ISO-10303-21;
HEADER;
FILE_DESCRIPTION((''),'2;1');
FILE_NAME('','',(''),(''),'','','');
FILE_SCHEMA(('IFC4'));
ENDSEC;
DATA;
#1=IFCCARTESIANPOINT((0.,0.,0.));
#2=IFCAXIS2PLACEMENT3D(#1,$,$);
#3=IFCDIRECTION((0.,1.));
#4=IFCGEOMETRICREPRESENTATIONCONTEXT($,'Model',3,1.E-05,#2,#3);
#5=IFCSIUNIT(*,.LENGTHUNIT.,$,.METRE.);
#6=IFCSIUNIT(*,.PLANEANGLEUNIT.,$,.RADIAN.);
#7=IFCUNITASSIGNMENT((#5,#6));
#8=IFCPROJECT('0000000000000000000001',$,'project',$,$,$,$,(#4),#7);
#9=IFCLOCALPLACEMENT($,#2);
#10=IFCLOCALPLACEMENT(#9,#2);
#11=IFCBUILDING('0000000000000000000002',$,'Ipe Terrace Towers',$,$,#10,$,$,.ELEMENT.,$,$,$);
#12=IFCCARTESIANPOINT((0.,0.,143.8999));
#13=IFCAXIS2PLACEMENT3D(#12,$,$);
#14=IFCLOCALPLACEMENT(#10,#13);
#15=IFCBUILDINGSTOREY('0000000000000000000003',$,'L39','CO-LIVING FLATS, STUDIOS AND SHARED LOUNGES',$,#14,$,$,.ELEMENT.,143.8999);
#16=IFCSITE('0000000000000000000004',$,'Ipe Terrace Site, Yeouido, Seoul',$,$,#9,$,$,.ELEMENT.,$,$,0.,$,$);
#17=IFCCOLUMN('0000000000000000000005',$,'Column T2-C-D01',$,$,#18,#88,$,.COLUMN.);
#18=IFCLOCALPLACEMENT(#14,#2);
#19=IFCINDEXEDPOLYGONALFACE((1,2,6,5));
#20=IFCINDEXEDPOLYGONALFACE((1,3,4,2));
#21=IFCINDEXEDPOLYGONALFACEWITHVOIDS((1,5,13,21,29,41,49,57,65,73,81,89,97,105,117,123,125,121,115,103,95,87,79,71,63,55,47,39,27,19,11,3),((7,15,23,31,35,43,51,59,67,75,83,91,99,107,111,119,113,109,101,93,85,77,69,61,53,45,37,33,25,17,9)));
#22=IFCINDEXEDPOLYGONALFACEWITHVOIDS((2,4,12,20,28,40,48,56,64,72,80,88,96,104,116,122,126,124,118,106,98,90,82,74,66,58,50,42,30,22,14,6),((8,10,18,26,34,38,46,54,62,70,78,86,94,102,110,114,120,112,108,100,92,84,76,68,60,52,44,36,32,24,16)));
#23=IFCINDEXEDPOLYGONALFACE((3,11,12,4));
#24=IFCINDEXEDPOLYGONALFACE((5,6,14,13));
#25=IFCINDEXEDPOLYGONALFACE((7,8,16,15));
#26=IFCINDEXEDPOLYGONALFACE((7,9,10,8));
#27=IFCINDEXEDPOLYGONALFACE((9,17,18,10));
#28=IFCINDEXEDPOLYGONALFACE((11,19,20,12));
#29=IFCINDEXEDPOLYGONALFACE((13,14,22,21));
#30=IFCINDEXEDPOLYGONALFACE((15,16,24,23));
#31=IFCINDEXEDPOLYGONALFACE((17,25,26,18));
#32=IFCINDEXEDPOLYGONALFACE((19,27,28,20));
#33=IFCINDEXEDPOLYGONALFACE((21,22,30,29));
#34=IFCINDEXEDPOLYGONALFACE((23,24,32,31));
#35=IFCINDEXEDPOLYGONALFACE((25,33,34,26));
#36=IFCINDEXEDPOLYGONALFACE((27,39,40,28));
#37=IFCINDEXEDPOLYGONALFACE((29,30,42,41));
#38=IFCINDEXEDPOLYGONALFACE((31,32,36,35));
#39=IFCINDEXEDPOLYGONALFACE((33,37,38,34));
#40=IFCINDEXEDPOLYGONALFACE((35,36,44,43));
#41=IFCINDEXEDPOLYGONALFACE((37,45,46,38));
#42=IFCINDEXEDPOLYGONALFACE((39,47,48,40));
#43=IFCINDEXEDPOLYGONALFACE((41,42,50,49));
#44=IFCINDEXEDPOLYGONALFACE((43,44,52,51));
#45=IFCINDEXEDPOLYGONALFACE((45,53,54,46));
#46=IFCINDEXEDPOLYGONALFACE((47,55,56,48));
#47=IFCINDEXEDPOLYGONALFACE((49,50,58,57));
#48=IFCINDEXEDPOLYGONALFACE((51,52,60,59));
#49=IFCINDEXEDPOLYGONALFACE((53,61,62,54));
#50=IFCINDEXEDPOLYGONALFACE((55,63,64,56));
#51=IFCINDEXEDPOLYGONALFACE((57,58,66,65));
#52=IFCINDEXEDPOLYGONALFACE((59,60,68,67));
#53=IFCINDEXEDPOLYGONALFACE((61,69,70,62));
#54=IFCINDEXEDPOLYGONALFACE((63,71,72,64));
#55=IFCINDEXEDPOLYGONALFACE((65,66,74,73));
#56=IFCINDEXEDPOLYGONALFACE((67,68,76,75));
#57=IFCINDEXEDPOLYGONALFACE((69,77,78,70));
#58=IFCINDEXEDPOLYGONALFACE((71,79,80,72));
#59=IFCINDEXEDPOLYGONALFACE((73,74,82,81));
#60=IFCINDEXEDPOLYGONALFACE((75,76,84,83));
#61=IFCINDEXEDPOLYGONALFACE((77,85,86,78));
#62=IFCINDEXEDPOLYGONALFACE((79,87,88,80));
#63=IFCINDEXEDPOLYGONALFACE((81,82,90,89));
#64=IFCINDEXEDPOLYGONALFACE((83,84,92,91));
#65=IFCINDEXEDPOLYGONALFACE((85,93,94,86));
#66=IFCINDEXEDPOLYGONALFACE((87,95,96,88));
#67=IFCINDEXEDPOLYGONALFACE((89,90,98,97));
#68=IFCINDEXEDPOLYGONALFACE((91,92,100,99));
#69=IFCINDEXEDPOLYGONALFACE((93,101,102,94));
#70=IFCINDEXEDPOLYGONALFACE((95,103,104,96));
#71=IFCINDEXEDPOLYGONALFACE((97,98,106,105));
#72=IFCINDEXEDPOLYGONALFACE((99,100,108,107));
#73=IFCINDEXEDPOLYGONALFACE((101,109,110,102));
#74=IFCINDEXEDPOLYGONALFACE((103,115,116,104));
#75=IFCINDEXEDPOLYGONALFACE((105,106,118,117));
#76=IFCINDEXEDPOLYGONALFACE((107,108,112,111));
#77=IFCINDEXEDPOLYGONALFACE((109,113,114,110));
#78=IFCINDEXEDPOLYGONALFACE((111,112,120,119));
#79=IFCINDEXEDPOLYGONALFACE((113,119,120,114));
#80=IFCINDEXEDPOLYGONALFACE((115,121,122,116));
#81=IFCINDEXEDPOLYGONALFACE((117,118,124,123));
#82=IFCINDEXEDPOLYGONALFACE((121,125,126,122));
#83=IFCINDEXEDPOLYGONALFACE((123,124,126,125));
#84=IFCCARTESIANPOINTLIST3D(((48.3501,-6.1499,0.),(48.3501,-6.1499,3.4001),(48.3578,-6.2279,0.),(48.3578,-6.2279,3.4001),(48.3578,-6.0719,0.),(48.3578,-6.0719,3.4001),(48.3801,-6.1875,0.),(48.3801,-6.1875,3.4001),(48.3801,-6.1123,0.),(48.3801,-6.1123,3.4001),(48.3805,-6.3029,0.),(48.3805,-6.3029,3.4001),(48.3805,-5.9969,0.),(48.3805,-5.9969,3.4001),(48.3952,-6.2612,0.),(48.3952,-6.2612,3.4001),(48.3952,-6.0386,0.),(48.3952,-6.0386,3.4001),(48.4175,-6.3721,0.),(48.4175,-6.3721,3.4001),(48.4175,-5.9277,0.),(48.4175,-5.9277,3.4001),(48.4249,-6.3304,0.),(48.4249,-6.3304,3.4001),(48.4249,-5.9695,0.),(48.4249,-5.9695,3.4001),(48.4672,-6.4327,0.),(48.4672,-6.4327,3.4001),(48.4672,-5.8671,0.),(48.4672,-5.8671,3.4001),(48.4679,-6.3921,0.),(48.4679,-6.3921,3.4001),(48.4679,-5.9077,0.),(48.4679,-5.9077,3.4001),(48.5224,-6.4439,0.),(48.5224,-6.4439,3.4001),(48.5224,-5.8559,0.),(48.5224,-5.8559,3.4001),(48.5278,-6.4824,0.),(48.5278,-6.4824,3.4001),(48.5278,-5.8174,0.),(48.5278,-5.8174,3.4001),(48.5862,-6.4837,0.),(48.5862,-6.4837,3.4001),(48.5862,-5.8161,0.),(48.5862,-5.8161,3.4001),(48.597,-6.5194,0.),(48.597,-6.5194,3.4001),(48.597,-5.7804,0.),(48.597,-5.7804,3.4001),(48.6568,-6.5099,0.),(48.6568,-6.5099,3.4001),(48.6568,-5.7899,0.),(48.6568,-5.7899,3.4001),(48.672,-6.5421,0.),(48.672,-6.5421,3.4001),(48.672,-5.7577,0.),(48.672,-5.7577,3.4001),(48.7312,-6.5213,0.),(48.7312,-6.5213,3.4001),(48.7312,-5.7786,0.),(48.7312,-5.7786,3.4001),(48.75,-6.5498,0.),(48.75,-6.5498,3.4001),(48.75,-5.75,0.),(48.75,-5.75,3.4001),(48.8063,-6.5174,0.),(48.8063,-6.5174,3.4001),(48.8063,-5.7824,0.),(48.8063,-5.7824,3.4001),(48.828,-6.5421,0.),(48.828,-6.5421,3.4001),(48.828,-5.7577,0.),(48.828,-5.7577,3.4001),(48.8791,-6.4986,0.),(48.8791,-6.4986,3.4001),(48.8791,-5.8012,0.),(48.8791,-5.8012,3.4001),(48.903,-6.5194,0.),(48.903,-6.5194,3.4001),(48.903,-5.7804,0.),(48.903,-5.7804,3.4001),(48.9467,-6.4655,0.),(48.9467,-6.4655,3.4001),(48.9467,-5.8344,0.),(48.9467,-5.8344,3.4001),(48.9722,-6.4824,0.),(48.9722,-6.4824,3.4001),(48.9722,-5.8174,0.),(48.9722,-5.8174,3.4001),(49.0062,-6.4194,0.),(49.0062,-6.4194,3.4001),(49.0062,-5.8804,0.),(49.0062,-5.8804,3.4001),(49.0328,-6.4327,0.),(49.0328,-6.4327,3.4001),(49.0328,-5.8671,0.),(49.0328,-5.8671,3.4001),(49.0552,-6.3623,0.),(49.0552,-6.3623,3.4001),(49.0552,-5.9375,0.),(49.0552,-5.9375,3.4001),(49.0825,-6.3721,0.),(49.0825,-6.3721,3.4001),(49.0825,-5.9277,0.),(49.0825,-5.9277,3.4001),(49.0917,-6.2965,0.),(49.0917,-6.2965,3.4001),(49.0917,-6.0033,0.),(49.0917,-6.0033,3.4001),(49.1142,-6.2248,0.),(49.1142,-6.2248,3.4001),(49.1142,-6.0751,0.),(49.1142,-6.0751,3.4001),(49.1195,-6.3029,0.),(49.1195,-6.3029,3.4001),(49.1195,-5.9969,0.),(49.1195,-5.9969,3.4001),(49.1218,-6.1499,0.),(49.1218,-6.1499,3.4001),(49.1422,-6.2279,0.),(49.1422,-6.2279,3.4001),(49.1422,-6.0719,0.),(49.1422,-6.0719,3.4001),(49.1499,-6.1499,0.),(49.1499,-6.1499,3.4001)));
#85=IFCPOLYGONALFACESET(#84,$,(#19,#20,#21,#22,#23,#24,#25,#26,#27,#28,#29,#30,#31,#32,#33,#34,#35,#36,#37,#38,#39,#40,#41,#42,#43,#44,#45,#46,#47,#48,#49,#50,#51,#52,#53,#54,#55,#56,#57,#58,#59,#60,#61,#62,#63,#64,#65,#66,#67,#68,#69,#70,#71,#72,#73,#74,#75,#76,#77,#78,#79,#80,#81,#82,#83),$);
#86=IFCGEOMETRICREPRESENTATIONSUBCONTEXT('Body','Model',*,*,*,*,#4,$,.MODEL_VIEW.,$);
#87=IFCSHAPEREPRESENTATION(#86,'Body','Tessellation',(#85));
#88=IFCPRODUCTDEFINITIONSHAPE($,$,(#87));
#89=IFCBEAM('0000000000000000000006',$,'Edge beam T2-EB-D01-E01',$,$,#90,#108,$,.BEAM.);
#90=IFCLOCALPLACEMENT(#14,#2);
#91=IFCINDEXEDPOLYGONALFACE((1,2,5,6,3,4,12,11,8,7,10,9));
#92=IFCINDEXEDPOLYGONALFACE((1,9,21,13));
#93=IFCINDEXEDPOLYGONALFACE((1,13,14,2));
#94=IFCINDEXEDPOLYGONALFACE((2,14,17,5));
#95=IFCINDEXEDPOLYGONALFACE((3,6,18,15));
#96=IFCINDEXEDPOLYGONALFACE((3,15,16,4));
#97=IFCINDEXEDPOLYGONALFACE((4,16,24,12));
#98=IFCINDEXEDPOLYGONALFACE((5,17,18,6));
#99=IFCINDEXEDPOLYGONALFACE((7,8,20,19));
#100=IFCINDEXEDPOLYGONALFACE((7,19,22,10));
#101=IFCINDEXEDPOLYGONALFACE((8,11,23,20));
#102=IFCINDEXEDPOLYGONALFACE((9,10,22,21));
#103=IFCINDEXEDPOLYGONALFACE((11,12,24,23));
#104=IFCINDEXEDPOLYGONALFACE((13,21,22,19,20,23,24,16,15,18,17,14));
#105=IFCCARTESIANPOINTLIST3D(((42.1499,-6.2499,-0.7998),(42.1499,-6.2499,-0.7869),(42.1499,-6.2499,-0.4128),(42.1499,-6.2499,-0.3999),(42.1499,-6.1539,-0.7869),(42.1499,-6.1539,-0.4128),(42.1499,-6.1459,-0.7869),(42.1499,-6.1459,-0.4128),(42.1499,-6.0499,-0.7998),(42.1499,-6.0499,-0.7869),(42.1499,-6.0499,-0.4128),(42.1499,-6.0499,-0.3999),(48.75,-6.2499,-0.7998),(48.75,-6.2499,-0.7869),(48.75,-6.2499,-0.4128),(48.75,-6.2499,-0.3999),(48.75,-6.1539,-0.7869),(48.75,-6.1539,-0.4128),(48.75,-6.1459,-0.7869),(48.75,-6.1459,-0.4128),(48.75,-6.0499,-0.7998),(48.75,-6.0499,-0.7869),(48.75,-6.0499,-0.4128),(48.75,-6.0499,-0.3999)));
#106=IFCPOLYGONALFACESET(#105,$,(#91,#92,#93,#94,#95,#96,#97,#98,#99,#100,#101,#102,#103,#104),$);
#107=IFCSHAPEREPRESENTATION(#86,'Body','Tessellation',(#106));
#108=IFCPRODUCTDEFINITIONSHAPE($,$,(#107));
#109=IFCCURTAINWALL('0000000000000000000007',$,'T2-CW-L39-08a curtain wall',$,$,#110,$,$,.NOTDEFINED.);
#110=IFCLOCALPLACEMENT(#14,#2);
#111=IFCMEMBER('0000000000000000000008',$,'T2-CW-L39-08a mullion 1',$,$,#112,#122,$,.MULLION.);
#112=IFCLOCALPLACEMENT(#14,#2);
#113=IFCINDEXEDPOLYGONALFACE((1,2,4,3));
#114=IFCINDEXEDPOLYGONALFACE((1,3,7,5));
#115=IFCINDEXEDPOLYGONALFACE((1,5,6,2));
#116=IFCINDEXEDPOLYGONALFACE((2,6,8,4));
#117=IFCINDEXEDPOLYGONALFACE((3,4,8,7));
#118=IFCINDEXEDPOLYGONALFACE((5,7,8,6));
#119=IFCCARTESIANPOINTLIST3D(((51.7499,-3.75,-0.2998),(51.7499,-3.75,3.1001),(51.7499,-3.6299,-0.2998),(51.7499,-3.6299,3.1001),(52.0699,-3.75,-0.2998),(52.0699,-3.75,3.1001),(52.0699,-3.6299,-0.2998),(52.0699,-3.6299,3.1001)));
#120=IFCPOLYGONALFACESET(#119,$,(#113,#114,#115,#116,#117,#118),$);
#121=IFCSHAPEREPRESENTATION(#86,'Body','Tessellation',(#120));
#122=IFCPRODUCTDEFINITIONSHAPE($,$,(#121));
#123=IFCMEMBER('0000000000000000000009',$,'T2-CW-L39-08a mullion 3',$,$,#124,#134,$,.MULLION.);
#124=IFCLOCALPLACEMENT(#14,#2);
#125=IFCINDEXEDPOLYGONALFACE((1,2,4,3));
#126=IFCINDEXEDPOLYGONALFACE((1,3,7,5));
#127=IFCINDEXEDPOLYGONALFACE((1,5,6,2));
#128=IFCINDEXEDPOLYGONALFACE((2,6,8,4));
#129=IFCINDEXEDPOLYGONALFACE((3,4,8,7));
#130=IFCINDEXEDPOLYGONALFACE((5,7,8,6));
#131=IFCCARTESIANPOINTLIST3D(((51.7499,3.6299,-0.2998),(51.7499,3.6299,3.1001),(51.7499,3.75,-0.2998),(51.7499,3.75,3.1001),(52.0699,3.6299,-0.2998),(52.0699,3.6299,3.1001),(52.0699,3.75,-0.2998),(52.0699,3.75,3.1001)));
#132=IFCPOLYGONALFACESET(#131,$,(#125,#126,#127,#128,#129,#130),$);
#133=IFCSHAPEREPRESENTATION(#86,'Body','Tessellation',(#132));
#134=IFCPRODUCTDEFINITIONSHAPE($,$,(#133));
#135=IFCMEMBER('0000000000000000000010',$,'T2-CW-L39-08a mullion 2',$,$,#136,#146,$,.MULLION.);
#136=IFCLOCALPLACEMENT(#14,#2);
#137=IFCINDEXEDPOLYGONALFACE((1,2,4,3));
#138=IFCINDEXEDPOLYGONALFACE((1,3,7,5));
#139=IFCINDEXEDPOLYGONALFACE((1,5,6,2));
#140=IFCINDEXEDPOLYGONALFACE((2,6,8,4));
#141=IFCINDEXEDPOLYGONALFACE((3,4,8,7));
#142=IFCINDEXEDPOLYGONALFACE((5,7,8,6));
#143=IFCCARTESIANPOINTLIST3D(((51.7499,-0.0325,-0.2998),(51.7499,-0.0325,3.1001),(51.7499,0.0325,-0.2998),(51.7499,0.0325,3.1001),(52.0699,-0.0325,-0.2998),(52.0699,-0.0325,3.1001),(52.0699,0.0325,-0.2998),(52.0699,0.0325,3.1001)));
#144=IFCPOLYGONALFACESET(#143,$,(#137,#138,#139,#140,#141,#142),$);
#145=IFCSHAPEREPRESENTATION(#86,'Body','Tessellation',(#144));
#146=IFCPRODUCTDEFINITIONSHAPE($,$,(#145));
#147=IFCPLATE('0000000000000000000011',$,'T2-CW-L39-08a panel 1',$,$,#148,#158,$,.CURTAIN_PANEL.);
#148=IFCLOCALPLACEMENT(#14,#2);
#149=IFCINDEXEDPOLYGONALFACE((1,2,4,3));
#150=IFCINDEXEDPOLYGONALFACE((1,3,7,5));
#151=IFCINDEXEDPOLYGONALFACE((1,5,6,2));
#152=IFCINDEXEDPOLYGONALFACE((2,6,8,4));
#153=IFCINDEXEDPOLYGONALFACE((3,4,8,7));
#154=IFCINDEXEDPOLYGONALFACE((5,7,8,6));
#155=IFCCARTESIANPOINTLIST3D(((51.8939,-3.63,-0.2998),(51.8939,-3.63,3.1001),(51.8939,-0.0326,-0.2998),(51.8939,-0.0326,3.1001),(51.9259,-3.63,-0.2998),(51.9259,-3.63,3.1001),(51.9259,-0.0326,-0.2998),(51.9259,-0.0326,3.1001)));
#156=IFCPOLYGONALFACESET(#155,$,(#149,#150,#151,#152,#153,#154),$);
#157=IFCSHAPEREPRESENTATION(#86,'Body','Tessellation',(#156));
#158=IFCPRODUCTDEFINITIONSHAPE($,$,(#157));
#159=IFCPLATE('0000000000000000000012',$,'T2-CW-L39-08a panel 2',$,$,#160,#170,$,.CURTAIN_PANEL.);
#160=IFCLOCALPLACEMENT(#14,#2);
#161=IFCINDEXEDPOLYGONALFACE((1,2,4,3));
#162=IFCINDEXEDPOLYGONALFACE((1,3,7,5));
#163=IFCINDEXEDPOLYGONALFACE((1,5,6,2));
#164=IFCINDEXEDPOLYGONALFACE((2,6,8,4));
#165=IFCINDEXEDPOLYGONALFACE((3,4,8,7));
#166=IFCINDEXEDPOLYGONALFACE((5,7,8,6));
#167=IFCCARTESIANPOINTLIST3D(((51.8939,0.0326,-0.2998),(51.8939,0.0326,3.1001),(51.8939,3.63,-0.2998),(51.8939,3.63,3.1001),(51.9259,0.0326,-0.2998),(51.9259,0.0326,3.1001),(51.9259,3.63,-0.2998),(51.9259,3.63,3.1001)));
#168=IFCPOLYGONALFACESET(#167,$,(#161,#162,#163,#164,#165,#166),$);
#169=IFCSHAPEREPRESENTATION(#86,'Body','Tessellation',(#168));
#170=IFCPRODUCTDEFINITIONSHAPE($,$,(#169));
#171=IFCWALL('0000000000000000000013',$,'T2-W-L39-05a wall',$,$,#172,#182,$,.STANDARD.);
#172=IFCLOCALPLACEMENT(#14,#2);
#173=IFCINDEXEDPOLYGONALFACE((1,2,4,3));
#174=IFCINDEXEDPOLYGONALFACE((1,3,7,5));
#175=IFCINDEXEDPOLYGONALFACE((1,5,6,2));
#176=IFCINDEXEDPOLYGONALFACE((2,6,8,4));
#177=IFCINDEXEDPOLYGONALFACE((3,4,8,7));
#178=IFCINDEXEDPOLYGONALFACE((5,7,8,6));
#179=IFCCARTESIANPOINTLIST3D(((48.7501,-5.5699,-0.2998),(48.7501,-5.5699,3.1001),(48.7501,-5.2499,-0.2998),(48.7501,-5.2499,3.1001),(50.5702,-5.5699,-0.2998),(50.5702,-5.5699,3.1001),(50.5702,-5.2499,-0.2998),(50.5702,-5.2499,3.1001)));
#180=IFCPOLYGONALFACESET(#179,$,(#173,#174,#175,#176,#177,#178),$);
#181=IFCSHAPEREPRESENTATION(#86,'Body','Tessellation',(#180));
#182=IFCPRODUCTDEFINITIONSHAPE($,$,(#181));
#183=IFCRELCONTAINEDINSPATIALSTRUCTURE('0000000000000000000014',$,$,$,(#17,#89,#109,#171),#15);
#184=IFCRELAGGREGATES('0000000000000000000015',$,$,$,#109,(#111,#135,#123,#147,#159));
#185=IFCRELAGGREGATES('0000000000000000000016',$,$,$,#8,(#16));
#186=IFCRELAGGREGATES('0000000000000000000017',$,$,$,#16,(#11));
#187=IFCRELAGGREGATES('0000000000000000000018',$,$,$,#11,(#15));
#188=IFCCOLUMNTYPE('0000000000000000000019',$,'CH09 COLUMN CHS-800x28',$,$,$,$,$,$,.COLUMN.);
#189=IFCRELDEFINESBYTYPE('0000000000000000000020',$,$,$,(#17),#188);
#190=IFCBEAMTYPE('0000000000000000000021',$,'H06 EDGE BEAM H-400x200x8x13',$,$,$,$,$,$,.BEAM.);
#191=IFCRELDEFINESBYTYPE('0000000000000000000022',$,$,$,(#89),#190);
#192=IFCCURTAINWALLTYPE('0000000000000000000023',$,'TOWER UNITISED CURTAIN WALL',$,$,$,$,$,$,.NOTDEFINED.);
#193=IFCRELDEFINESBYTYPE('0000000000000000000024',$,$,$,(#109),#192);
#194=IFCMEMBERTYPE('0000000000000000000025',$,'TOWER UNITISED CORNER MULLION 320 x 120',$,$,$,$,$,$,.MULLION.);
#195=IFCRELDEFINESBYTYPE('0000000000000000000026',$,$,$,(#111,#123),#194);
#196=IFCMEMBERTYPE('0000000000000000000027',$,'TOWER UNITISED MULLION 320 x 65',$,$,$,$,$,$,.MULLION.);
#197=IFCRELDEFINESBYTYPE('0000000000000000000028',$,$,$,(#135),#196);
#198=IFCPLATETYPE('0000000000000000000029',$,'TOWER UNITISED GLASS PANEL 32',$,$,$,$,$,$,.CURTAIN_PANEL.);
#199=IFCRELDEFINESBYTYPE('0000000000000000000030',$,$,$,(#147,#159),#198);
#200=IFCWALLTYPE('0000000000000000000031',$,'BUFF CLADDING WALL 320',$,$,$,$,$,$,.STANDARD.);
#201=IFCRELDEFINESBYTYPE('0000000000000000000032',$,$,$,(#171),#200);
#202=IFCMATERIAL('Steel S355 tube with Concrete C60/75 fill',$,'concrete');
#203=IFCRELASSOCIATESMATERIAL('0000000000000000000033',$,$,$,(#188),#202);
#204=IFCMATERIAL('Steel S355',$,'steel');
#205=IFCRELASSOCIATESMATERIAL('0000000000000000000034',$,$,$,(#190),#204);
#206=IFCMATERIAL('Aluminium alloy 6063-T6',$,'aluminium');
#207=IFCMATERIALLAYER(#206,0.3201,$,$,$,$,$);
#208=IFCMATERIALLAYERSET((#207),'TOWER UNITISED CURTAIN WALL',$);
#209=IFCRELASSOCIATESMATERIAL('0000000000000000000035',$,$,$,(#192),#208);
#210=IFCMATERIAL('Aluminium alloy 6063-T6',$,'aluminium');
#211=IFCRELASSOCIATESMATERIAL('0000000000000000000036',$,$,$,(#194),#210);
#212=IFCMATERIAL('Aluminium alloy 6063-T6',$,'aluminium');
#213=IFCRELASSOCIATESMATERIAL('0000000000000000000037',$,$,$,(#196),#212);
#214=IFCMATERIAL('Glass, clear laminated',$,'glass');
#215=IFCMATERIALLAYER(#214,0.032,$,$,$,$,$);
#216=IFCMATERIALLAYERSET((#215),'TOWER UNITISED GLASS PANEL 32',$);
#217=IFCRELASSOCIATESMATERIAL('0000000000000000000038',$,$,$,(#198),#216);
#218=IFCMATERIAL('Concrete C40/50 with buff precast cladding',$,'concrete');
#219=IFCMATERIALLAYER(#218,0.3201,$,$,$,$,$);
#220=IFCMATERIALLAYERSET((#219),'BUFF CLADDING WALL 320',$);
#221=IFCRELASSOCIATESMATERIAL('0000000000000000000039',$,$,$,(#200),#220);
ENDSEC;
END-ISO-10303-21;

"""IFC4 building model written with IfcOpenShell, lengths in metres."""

from ifc_helpers import new_model, si_unit, direction, frame, frame_2d, origin, origin_2d, place, context, subcontext, project, spatial, rectangle, hollow_circle, i_section, extrude, material, layer, layer_set, material_profile, profile_set, type_object, element, aggregate, save


model = new_model("IFC4")

# Units and contexts
model_context = context("Model", 3, precision=1e-05, world=origin(), true_north=direction((0.0, 1.0)))
body_context = subcontext(model_context, "Body", "Model", "MODEL_VIEW")
ifc_project = project(units=[si_unit("LENGTHUNIT", "METRE"), si_unit("PLANEANGLEUNIT", "RADIAN")], contexts=[model_context])

# Site, building, storey
site_placement = place(None, origin())
site = spatial("IfcSite", under=ifc_project, at=site_placement, Name="Ipe Terrace Site, Yeouido, Seoul", CompositionType="ELEMENT", RefElevation=0.0)
building_placement = place(site_placement, origin())
building = spatial("IfcBuilding", under=site, at=building_placement, Name="Ipe Terrace Towers", CompositionType="ELEMENT")
storey_placement = place(building_placement, frame((0.0, 0.0, 143.8999)))
storey = spatial("IfcBuildingStorey", under=building, at=storey_placement, Name="L39", Description="CO-LIVING FLATS, STUDIOS AND SHARED LOUNGES", CompositionType="ELEMENT", Elevation=143.8999)

# Column
ifc_material_1 = material(Name="Steel S355 tube with Concrete C60/75 fill", Category="concrete")
ifc_material_profile_1 = material_profile(ifc_material_1, hollow_circle(Radius=0.3999, WallThickness=0.0281, at=origin_2d()), Name="CHS-800x28")
ifc_profile_set_1 = profile_set([ifc_material_profile_1], Name="Steel S355 tube with Concrete C60/75 fill")
column_type = type_object("IfcColumnType", Name="CH09 COLUMN CHS-800x28", PredefinedType="COLUMN", material=ifc_profile_set_1)
column_placement = place(storey_placement, frame((48.75, -6.1499, 0.0), z_axis=(0.0, 0.0, 1.0), x_axis=(1.0, 0.0, 0.0)))
element("IfcColumn", 1, at=column_placement, inside=storey, type_object=column_type, Name="Column T2-C-D01", PredefinedType="COLUMN", context=body_context, shape_type="SweptSolid", body=[
    extrude(hollow_circle(Radius=0.3999, WallThickness=0.0281, at=origin_2d()), origin(), (0.0, 0.0, 1.0), 3.4001),
])

# Beam
ifc_material_2 = material(Name="Steel S355", Category="steel")
ifc_material_profile_2 = material_profile(ifc_material_2, i_section(OverallWidth=0.2, OverallDepth=0.3999, WebThickness=0.0081, FlangeThickness=0.0129, at=origin_2d()), Name="H-400x200x8x13")
ifc_profile_set_2 = profile_set([ifc_material_profile_2], Name="Steel S355")
beam_type = type_object("IfcBeamType", Name="H06 EDGE BEAM H-400x200x8x13", PredefinedType="BEAM", material=ifc_profile_set_2)
beam_placement = place(storey_placement, frame((48.75, -6.1499, -0.5999), z_axis=(-1.0, 0.0, 0.0), x_axis=(0.0, -1.0, 0.0)))
element("IfcBeam", 2, at=beam_placement, inside=storey, type_object=beam_type, Name="Edge beam T2-EB-D01-E01", PredefinedType="BEAM", context=body_context, shape_type="SweptSolid", body=[
    extrude(i_section(OverallWidth=0.2, OverallDepth=0.3999, WebThickness=0.0081, FlangeThickness=0.0129, at=origin_2d()), origin(), (0.0, 0.0, 1.0), 6.6001),
])

# Curtain wall, members, plates
ifc_material_3 = material(Name="Aluminium alloy 6063-T6", Category="aluminium")
ifc_layer_1 = layer(ifc_material_3, 0.3201)
ifc_layer_set_1 = layer_set([ifc_layer_1], Name="TOWER UNITISED CURTAIN WALL")
curtain_wall_type = type_object("IfcCurtainWallType", Name="TOWER UNITISED CURTAIN WALL", PredefinedType="NOTDEFINED", material=ifc_layer_set_1)
curtain_wall_placement = place(storey_placement, origin())
curtain_wall = element("IfcCurtainWall", 3, at=curtain_wall_placement, inside=storey, type_object=curtain_wall_type, Name="T2-CW-L39-08a curtain wall", PredefinedType="NOTDEFINED")
ifc_material_4 = material(Name="Aluminium alloy 6063-T6", Category="aluminium")
ifc_material_profile_3 = material_profile(ifc_material_4, rectangle(XDim=0.3201, YDim=0.1201, at=origin_2d()), Name="TOWER UNITISED CORNER MULLION 320 x 120")
ifc_profile_set_3 = profile_set([ifc_material_profile_3], Name="Aluminium alloy 6063-T6")
member_type_1 = type_object("IfcMemberType", Name="TOWER UNITISED CORNER MULLION 320 x 120", PredefinedType="MULLION", material=ifc_profile_set_3)
member_1_placement = place(storey_placement, frame((51.9099, -3.6899, -0.2998), z_axis=(0.0, 0.0, 1.0), x_axis=(1.0, 0.0, 0.0)))
member_1 = element("IfcMember", 4, at=member_1_placement, type_object=member_type_1, Name="T2-CW-L39-08a mullion 1", PredefinedType="MULLION", context=body_context, shape_type="SweptSolid", body=[
    extrude(rectangle(XDim=0.3201, YDim=0.1201, at=origin_2d()), origin(), (0.0, 0.0, 1.0), 3.3999),
])
member_2_placement = place(storey_placement, frame((51.9099, 3.6899, -0.2998), z_axis=(0.0, 0.0, 1.0), x_axis=(1.0, 0.0, 0.0)))
member_2 = element("IfcMember", 5, at=member_2_placement, type_object=member_type_1, Name="T2-CW-L39-08a mullion 3", PredefinedType="MULLION", context=body_context, shape_type="SweptSolid", body=[
    extrude(rectangle(XDim=0.3201, YDim=0.1201, at=origin_2d()), origin(), (0.0, 0.0, 1.0), 3.3999),
])
ifc_material_5 = material(Name="Aluminium alloy 6063-T6", Category="aluminium")
ifc_material_profile_4 = material_profile(ifc_material_5, rectangle(XDim=0.3201, YDim=0.0649, at=origin_2d()), Name="TOWER UNITISED MULLION 320 x 65")
ifc_profile_set_4 = profile_set([ifc_material_profile_4], Name="Aluminium alloy 6063-T6")
member_type_2 = type_object("IfcMemberType", Name="TOWER UNITISED MULLION 320 x 65", PredefinedType="MULLION", material=ifc_profile_set_4)
member_3_placement = place(storey_placement, frame((51.9099, 0.0, -0.2998), z_axis=(0.0, 0.0, 1.0), x_axis=(1.0, 0.0, 0.0)))
member_3 = element("IfcMember", 6, at=member_3_placement, type_object=member_type_2, Name="T2-CW-L39-08a mullion 2", PredefinedType="MULLION", context=body_context, shape_type="SweptSolid", body=[
    extrude(rectangle(XDim=0.3201, YDim=0.0649, at=origin_2d()), origin(), (0.0, 0.0, 1.0), 3.3999),
])
ifc_material_6 = material(Name="Glass, clear laminated", Category="glass")
ifc_layer_2 = layer(ifc_material_6, 0.032)
ifc_layer_set_2 = layer_set([ifc_layer_2], Name="TOWER UNITISED GLASS PANEL 32")
plate_type = type_object("IfcPlateType", Name="TOWER UNITISED GLASS PANEL 32", PredefinedType="CURTAIN_PANEL", material=ifc_layer_set_2)
plate_1_placement = place(storey_placement, frame((51.9099, -1.8313, -0.2998), z_axis=(0.0, 0.0, 1.0), x_axis=(0.0, 1.0, 0.0)))
plate_1 = element("IfcPlate", 7, at=plate_1_placement, type_object=plate_type, Name="T2-CW-L39-08a panel 1", PredefinedType="CURTAIN_PANEL", context=body_context, shape_type="SweptSolid", body=[
    extrude(rectangle(XDim=3.5974, YDim=0.032, at=origin_2d()), origin(), (0.0, 0.0, 1.0), 3.3999),
])
plate_2_placement = place(storey_placement, frame((51.9099, 1.8313, -0.2998), z_axis=(0.0, 0.0, 1.0), x_axis=(0.0, 1.0, 0.0)))
plate_2 = element("IfcPlate", 8, at=plate_2_placement, type_object=plate_type, Name="T2-CW-L39-08a panel 2", PredefinedType="CURTAIN_PANEL", context=body_context, shape_type="SweptSolid", body=[
    extrude(rectangle(XDim=3.5974, YDim=0.032, at=origin_2d()), origin(), (0.0, 0.0, 1.0), 3.3999),
])
aggregate(curtain_wall, [member_1, member_3, member_2, plate_1, plate_2])

# Wall
ifc_material_7 = material(Name="Concrete C40/50 with buff precast cladding", Category="concrete")
ifc_layer_3 = layer(ifc_material_7, 0.3201)
ifc_layer_set_3 = layer_set([ifc_layer_3], Name="BUFF CLADDING WALL 320")
wall_type_1 = type_object("IfcWallType", Name="BUFF CLADDING WALL 320", PredefinedType="STANDARD", material=ifc_layer_set_3)
wall_1_placement = place(storey_placement, frame((48.75, -5.4099, -0.2998), z_axis=(0.0, 0.0, 1.0), x_axis=(1.0, 0.0, 0.0)))
element("IfcWall", 9, at=wall_1_placement, inside=storey, type_object=wall_type_1, Name="T2-W-L39-05a wall", PredefinedType="STANDARD", context=body_context, shape_type="SweptSolid", body=[
    extrude(rectangle(XDim=1.8201, YDim=0.3201, at=frame_2d((0.9102, 0.0))), origin(), (0.0, 0.0, 1.0), 3.3999),
])

save(model, "model.ifc")
